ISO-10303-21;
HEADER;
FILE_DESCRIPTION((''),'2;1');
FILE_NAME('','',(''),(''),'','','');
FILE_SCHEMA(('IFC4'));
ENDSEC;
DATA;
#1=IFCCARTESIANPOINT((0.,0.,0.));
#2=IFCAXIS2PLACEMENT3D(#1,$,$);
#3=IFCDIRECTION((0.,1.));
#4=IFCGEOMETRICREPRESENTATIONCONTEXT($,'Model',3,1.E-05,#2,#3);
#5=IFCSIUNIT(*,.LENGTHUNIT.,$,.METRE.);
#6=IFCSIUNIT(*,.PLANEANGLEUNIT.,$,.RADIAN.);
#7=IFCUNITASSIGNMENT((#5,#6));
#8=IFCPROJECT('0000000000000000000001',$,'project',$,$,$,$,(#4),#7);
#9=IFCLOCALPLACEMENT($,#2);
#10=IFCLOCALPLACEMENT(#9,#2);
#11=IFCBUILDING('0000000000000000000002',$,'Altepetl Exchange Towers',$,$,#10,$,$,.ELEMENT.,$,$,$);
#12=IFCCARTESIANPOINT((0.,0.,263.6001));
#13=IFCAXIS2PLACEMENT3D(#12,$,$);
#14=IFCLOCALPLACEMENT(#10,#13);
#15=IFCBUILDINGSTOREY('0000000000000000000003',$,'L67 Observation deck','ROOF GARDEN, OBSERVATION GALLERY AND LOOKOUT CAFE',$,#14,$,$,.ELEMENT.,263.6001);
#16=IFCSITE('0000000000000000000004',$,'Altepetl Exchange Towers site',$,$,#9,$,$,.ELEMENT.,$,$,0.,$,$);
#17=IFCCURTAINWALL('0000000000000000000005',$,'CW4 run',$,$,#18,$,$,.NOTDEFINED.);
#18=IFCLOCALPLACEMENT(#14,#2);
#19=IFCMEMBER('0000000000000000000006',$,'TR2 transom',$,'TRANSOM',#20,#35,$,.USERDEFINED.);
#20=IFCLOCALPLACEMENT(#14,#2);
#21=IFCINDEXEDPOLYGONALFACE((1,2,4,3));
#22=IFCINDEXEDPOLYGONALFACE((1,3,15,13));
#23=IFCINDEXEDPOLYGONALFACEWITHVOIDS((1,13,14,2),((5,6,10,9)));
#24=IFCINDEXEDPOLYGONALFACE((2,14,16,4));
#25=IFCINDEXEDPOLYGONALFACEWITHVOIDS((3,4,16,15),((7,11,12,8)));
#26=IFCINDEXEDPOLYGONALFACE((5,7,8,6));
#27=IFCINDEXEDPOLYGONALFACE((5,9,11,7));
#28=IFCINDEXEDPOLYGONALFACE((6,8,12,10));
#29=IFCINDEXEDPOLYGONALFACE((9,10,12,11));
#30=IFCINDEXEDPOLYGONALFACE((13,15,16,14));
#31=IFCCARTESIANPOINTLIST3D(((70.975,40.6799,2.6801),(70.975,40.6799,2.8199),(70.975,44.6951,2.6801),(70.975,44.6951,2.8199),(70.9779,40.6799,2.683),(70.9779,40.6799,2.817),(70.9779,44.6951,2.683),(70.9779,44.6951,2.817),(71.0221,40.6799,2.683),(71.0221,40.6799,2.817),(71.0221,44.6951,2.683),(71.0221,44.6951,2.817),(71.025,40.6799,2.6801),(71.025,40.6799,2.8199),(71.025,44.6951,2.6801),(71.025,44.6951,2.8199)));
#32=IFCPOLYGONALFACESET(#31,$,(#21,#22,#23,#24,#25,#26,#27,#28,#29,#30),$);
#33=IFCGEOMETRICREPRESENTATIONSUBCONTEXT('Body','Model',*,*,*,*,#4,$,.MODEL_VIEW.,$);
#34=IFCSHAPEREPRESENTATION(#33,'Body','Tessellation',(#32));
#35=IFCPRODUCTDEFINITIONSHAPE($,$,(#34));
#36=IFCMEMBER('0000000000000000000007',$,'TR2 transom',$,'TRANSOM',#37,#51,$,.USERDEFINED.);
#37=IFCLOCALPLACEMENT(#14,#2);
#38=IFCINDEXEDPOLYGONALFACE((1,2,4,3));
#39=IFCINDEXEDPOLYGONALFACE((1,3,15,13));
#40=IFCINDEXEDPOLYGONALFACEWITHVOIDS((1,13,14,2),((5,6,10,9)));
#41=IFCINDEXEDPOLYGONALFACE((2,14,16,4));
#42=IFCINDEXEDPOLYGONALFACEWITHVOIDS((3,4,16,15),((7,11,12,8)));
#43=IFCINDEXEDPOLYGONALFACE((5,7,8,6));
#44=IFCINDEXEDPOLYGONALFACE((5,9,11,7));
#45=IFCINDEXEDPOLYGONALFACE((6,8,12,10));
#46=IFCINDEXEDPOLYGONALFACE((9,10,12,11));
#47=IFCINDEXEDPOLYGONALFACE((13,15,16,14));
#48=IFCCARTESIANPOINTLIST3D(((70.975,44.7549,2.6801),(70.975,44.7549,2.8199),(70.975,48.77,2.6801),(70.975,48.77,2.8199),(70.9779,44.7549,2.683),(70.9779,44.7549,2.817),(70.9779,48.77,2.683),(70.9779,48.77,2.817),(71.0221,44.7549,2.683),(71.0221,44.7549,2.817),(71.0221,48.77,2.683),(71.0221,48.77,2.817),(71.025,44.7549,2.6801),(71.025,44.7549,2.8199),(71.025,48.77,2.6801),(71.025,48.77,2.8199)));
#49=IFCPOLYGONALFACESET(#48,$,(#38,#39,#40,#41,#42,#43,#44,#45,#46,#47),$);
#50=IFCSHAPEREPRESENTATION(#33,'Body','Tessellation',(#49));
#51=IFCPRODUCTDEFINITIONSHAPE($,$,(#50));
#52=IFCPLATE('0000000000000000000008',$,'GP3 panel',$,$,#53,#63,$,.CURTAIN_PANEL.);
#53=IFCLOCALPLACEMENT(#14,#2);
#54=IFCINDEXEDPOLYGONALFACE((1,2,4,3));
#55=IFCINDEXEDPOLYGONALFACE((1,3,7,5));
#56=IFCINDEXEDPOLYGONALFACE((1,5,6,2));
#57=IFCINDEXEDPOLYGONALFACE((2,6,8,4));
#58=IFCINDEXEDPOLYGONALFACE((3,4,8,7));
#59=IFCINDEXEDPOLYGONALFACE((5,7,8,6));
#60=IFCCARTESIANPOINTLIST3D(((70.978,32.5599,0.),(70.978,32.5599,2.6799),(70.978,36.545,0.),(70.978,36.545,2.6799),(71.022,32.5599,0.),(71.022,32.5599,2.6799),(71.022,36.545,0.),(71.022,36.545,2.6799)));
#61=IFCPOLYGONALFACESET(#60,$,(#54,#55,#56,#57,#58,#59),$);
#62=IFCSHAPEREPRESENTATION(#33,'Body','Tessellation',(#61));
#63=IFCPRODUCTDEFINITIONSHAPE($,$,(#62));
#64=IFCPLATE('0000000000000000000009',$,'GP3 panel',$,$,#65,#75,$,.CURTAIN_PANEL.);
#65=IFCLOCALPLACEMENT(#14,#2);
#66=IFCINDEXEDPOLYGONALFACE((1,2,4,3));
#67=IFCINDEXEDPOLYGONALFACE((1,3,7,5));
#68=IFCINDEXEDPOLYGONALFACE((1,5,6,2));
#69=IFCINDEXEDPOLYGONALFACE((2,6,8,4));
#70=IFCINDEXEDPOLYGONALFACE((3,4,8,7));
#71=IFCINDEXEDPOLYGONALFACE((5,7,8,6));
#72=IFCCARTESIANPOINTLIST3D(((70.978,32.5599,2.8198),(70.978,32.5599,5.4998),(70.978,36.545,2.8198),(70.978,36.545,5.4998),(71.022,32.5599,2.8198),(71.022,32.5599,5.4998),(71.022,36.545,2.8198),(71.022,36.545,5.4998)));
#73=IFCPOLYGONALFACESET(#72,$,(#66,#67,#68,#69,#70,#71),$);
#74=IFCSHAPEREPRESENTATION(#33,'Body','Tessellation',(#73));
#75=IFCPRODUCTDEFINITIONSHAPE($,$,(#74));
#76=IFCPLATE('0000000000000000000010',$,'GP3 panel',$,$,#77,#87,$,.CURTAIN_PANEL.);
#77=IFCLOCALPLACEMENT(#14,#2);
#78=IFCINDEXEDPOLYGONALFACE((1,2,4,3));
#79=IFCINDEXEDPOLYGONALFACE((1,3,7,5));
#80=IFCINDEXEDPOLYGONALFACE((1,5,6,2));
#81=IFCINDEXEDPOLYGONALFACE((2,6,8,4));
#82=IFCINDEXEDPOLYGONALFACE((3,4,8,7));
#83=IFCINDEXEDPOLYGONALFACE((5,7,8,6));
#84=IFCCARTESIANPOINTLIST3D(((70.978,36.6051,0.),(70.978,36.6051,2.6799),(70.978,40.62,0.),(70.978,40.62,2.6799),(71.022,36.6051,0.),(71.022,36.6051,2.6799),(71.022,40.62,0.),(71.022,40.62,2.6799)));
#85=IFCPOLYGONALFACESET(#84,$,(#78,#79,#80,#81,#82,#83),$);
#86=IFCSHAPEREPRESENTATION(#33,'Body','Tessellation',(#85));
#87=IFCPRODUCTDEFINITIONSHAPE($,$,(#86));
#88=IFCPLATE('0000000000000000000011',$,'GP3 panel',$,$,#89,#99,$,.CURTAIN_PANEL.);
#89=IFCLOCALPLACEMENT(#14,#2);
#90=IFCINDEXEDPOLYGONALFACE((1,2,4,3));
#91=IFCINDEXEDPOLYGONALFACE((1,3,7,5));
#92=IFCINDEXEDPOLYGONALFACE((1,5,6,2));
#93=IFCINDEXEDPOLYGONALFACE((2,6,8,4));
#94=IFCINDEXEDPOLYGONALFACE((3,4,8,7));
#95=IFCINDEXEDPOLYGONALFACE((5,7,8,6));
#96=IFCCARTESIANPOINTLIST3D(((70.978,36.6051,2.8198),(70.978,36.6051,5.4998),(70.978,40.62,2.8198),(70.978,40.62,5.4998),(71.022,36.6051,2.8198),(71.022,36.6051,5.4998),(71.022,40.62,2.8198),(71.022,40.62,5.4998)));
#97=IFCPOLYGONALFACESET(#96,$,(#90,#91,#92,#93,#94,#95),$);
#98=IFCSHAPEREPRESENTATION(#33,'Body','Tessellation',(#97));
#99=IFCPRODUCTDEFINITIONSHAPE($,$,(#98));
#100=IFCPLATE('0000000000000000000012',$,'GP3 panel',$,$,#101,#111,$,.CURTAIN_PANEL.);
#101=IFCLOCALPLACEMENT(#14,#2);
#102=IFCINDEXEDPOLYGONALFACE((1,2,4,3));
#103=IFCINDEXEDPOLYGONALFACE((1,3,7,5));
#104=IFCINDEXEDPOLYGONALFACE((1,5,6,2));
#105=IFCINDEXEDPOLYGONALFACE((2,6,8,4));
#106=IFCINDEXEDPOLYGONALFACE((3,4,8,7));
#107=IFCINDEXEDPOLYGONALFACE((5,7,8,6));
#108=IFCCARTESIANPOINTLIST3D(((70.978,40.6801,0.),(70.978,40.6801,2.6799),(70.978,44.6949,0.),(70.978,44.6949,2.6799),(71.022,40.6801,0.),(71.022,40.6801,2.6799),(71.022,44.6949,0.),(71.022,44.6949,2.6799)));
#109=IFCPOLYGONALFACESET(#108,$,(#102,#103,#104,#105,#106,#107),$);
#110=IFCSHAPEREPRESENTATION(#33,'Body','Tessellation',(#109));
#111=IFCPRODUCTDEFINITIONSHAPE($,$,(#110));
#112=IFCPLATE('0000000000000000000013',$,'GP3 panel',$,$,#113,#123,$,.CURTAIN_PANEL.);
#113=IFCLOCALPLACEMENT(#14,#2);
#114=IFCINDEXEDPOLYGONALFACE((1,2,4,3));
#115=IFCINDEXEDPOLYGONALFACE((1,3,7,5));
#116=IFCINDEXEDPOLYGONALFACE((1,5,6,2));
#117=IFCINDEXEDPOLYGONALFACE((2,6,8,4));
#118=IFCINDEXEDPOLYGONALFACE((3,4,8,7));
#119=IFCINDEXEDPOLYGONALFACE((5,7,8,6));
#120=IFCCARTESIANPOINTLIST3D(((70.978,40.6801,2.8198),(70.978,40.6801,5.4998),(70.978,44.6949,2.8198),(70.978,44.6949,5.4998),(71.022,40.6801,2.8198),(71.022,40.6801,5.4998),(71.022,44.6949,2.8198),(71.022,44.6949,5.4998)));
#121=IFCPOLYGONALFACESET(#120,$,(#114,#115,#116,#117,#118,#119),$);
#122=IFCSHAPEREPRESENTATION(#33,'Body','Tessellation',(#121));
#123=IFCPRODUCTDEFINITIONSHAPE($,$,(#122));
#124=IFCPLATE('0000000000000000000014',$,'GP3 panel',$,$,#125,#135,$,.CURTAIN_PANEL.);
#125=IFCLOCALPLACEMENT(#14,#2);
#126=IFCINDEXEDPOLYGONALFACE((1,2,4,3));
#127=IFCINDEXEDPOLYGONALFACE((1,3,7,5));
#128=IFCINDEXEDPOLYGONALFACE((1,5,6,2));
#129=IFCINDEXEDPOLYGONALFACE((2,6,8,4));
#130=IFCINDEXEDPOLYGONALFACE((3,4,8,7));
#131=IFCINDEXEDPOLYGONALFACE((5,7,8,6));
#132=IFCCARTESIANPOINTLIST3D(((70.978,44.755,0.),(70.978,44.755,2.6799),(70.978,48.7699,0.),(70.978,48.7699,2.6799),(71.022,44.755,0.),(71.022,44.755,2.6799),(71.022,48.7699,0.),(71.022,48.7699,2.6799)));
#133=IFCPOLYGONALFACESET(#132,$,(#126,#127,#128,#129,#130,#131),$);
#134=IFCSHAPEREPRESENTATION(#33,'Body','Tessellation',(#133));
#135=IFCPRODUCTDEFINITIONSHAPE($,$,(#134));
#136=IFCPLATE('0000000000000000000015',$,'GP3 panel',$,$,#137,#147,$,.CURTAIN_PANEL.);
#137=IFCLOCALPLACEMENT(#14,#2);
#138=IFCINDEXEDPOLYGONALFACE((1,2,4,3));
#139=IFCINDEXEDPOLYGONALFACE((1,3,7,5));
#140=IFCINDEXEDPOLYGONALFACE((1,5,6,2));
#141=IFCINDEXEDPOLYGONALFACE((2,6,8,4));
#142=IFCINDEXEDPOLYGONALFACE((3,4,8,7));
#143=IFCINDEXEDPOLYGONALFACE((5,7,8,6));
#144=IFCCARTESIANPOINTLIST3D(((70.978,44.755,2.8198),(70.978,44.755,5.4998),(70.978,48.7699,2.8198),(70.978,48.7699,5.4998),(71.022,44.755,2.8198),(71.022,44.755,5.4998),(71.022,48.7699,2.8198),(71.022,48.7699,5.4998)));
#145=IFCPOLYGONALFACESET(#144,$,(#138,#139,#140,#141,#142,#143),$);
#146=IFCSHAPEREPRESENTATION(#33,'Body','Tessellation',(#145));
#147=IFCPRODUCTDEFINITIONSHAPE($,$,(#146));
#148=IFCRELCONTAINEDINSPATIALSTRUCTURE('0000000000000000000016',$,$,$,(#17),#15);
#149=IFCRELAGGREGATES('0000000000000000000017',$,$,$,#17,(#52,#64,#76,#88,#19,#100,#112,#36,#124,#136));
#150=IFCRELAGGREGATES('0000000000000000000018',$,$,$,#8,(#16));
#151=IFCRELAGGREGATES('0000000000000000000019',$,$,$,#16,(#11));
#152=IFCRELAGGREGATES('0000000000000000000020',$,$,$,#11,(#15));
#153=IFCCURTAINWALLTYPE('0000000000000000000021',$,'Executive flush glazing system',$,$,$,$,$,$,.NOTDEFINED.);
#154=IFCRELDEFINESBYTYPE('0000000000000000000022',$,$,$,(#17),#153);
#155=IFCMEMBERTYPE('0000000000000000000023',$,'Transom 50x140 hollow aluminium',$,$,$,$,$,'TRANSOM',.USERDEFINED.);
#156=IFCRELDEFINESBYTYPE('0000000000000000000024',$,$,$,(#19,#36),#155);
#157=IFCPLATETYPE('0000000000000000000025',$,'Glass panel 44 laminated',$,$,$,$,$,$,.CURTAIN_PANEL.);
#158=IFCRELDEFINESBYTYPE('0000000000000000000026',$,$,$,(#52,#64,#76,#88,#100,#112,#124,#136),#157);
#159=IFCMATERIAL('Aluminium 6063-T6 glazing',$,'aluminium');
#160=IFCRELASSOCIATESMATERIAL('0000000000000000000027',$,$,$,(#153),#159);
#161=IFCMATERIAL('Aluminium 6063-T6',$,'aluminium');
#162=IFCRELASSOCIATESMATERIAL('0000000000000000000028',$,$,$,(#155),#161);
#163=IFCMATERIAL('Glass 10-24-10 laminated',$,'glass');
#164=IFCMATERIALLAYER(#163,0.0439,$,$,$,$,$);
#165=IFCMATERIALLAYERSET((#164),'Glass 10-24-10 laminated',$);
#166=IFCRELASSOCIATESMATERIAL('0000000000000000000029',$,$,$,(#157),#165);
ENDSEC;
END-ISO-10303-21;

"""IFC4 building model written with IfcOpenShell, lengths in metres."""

from ifc_helpers import new_model, si_unit, direction, frame, origin, origin_2d, place, context, subcontext, project, spatial, rectangle, hollow_rectangle, extrude, material, layer, layer_set, material_profile, profile_set, type_object, element, aggregate, save


model = new_model("IFC4")

# Units and contexts
model_context = context("Model", 3, precision=1e-05, world=origin(), true_north=direction((0.0, 1.0)))
body_context = subcontext(model_context, "Body", "Model", "MODEL_VIEW")
ifc_project = project(units=[si_unit("LENGTHUNIT", "METRE"), si_unit("PLANEANGLEUNIT", "RADIAN")], contexts=[model_context])

# Site, building, storey
site_placement = place(None, origin())
site = spatial("IfcSite", under=ifc_project, at=site_placement, Name="Altepetl Exchange Towers site", CompositionType="ELEMENT", RefElevation=0.0)
building_placement = place(site_placement, origin())
building = spatial("IfcBuilding", under=site, at=building_placement, Name="Altepetl Exchange Towers", CompositionType="ELEMENT")
storey_placement = place(building_placement, frame((0.0, 0.0, 263.6001)))
storey = spatial("IfcBuildingStorey", under=building, at=storey_placement, Name="L67 Observation deck", Description="ROOF GARDEN, OBSERVATION GALLERY AND LOOKOUT CAFE", CompositionType="ELEMENT", Elevation=263.6001)

# Shared definitions
ifc_material_1 = material(Name="Aluminium 6063-T6 glazing", Category="aluminium")
curtain_wall_type = type_object("IfcCurtainWallType", Name="Executive flush glazing system", PredefinedType="NOTDEFINED", material=ifc_material_1)
ifc_material_2 = material(Name="Aluminium 6063-T6", Category="aluminium")

# Curtain wall
curtain_wall_1_placement = place(storey_placement, origin())
curtain_wall_1 = element("IfcCurtainWall", 1, at=curtain_wall_1_placement, inside=storey, type_object=curtain_wall_type, Name="CW4 run", PredefinedType="NOTDEFINED")

# Members
ifc_material_profile_1 = material_profile(ifc_material_2, hollow_rectangle(XDim=0.05, YDim=0.1399, WallThickness=0.0029, at=origin_2d()), Name="Transom 50x140 hollow aluminium")
ifc_profile_set_1 = profile_set([ifc_material_profile_1], Name="Aluminium 6063-T6")
member_type_1 = type_object("IfcMemberType", Name="Transom 50x140 hollow aluminium", ElementType="TRANSOM", PredefinedType="USERDEFINED", material=ifc_profile_set_1)
member_1_placement = place(storey_placement, frame((71.0, 40.6799, 2.75), z_axis=(0.0, 1.0, 0.0), x_axis=(-1.0, 0.0, 0.0)))
member_1 = element("IfcMember", 2, at=member_1_placement, type_object=member_type_1, Name="TR2 transom", ObjectType="TRANSOM", PredefinedType="USERDEFINED", context=body_context, shape_type="SweptSolid", body=[
    extrude(hollow_rectangle(XDim=0.05, YDim=0.1399, WallThickness=0.0029, at=origin_2d()), origin(), (0.0, 0.0, 1.0), 4.0151),
])
member_2_placement = place(storey_placement, frame((71.0, 44.7549, 2.75), z_axis=(0.0, 1.0, 0.0), x_axis=(-1.0, 0.0, 0.0)))
member_2 = element("IfcMember", 3, at=member_2_placement, type_object=member_type_1, Name="TR2 transom", ObjectType="TRANSOM", PredefinedType="USERDEFINED", context=body_context, shape_type="SweptSolid", body=[
    extrude(hollow_rectangle(XDim=0.05, YDim=0.1399, WallThickness=0.0029, at=origin_2d()), origin(), (0.0, 0.0, 1.0), 4.0151),
])

# Plates
ifc_material_3 = material(Name="Glass 10-24-10 laminated", Category="glass")
ifc_layer = layer(ifc_material_3, 0.0439)
ifc_layer_set = layer_set([ifc_layer], Name="Glass 10-24-10 laminated")
plate_type = type_object("IfcPlateType", Name="Glass panel 44 laminated", PredefinedType="CURTAIN_PANEL", material=ifc_layer_set)
plate_1_placement = place(storey_placement, frame((71.0, 34.5525, 0.0), z_axis=(0.0, 0.0, 1.0), x_axis=(0.0, 1.0, 0.0)))
plate_1 = element("IfcPlate", 4, at=plate_1_placement, type_object=plate_type, Name="GP3 panel", PredefinedType="CURTAIN_PANEL", context=body_context, shape_type="SweptSolid", body=[
    extrude(rectangle(XDim=3.9851, YDim=0.0439, at=origin_2d()), origin(), (0.0, 0.0, 1.0), 2.6799),
])
plate_2_placement = place(storey_placement, frame((71.0, 34.5525, 2.8198), z_axis=(0.0, 0.0, 1.0), x_axis=(0.0, 1.0, 0.0)))
plate_2 = element("IfcPlate", 5, at=plate_2_placement, type_object=plate_type, Name="GP3 panel", PredefinedType="CURTAIN_PANEL", context=body_context, shape_type="SweptSolid", body=[
    extrude(rectangle(XDim=3.9851, YDim=0.0439, at=origin_2d()), origin(), (0.0, 0.0, 1.0), 2.6799),
])
plate_3_placement = place(storey_placement, frame((71.0, 38.6125, 0.0), z_axis=(0.0, 0.0, 1.0), x_axis=(0.0, 1.0, 0.0)))
plate_3 = element("IfcPlate", 6, at=plate_3_placement, type_object=plate_type, Name="GP3 panel", PredefinedType="CURTAIN_PANEL", context=body_context, shape_type="SweptSolid", body=[
    extrude(rectangle(XDim=4.0149, YDim=0.0439, at=origin_2d()), origin(), (0.0, 0.0, 1.0), 2.6799),
])
plate_4_placement = place(storey_placement, frame((71.0, 38.6125, 2.8198), z_axis=(0.0, 0.0, 1.0), x_axis=(0.0, 1.0, 0.0)))
plate_4 = element("IfcPlate", 7, at=plate_4_placement, type_object=plate_type, Name="GP3 panel", PredefinedType="CURTAIN_PANEL", context=body_context, shape_type="SweptSolid", body=[
    extrude(rectangle(XDim=4.0149, YDim=0.0439, at=origin_2d()), origin(), (0.0, 0.0, 1.0), 2.6799),
])
plate_5_placement = place(storey_placement, frame((71.0, 42.6875, 0.0), z_axis=(0.0, 0.0, 1.0), x_axis=(0.0, 1.0, 0.0)))
plate_5 = element("IfcPlate", 8, at=plate_5_placement, type_object=plate_type, Name="GP3 panel", PredefinedType="CURTAIN_PANEL", context=body_context, shape_type="SweptSolid", body=[
    extrude(rectangle(XDim=4.0149, YDim=0.0439, at=origin_2d()), origin(), (0.0, 0.0, 1.0), 2.6799),
])
plate_6_placement = place(storey_placement, frame((71.0, 42.6875, 2.8198), z_axis=(0.0, 0.0, 1.0), x_axis=(0.0, 1.0, 0.0)))
plate_6 = element("IfcPlate", 9, at=plate_6_placement, type_object=plate_type, Name="GP3 panel", PredefinedType="CURTAIN_PANEL", context=body_context, shape_type="SweptSolid", body=[
    extrude(rectangle(XDim=4.0149, YDim=0.0439, at=origin_2d()), origin(), (0.0, 0.0, 1.0), 2.6799),
])
plate_7_placement = place(storey_placement, frame((71.0, 46.7625, 0.0), z_axis=(0.0, 0.0, 1.0), x_axis=(0.0, 1.0, 0.0)))
plate_7 = element("IfcPlate", 10, at=plate_7_placement, type_object=plate_type, Name="GP3 panel", PredefinedType="CURTAIN_PANEL", context=body_context, shape_type="SweptSolid", body=[
    extrude(rectangle(XDim=4.0149, YDim=0.0439, at=origin_2d()), origin(), (0.0, 0.0, 1.0), 2.6799),
])
plate_8_placement = place(storey_placement, frame((71.0, 46.7625, 2.8198), z_axis=(0.0, 0.0, 1.0), x_axis=(0.0, 1.0, 0.0)))
plate_8 = element("IfcPlate", 11, at=plate_8_placement, type_object=plate_type, Name="GP3 panel", PredefinedType="CURTAIN_PANEL", context=body_context, shape_type="SweptSolid", body=[
    extrude(rectangle(XDim=4.0149, YDim=0.0439, at=origin_2d()), origin(), (0.0, 0.0, 1.0), 2.6799),
])
aggregate(curtain_wall_1, [plate_1, plate_2, plate_3, plate_4, member_1, plate_5, plate_6, member_2, plate_7, plate_8])

save(model, "model.ifc")
